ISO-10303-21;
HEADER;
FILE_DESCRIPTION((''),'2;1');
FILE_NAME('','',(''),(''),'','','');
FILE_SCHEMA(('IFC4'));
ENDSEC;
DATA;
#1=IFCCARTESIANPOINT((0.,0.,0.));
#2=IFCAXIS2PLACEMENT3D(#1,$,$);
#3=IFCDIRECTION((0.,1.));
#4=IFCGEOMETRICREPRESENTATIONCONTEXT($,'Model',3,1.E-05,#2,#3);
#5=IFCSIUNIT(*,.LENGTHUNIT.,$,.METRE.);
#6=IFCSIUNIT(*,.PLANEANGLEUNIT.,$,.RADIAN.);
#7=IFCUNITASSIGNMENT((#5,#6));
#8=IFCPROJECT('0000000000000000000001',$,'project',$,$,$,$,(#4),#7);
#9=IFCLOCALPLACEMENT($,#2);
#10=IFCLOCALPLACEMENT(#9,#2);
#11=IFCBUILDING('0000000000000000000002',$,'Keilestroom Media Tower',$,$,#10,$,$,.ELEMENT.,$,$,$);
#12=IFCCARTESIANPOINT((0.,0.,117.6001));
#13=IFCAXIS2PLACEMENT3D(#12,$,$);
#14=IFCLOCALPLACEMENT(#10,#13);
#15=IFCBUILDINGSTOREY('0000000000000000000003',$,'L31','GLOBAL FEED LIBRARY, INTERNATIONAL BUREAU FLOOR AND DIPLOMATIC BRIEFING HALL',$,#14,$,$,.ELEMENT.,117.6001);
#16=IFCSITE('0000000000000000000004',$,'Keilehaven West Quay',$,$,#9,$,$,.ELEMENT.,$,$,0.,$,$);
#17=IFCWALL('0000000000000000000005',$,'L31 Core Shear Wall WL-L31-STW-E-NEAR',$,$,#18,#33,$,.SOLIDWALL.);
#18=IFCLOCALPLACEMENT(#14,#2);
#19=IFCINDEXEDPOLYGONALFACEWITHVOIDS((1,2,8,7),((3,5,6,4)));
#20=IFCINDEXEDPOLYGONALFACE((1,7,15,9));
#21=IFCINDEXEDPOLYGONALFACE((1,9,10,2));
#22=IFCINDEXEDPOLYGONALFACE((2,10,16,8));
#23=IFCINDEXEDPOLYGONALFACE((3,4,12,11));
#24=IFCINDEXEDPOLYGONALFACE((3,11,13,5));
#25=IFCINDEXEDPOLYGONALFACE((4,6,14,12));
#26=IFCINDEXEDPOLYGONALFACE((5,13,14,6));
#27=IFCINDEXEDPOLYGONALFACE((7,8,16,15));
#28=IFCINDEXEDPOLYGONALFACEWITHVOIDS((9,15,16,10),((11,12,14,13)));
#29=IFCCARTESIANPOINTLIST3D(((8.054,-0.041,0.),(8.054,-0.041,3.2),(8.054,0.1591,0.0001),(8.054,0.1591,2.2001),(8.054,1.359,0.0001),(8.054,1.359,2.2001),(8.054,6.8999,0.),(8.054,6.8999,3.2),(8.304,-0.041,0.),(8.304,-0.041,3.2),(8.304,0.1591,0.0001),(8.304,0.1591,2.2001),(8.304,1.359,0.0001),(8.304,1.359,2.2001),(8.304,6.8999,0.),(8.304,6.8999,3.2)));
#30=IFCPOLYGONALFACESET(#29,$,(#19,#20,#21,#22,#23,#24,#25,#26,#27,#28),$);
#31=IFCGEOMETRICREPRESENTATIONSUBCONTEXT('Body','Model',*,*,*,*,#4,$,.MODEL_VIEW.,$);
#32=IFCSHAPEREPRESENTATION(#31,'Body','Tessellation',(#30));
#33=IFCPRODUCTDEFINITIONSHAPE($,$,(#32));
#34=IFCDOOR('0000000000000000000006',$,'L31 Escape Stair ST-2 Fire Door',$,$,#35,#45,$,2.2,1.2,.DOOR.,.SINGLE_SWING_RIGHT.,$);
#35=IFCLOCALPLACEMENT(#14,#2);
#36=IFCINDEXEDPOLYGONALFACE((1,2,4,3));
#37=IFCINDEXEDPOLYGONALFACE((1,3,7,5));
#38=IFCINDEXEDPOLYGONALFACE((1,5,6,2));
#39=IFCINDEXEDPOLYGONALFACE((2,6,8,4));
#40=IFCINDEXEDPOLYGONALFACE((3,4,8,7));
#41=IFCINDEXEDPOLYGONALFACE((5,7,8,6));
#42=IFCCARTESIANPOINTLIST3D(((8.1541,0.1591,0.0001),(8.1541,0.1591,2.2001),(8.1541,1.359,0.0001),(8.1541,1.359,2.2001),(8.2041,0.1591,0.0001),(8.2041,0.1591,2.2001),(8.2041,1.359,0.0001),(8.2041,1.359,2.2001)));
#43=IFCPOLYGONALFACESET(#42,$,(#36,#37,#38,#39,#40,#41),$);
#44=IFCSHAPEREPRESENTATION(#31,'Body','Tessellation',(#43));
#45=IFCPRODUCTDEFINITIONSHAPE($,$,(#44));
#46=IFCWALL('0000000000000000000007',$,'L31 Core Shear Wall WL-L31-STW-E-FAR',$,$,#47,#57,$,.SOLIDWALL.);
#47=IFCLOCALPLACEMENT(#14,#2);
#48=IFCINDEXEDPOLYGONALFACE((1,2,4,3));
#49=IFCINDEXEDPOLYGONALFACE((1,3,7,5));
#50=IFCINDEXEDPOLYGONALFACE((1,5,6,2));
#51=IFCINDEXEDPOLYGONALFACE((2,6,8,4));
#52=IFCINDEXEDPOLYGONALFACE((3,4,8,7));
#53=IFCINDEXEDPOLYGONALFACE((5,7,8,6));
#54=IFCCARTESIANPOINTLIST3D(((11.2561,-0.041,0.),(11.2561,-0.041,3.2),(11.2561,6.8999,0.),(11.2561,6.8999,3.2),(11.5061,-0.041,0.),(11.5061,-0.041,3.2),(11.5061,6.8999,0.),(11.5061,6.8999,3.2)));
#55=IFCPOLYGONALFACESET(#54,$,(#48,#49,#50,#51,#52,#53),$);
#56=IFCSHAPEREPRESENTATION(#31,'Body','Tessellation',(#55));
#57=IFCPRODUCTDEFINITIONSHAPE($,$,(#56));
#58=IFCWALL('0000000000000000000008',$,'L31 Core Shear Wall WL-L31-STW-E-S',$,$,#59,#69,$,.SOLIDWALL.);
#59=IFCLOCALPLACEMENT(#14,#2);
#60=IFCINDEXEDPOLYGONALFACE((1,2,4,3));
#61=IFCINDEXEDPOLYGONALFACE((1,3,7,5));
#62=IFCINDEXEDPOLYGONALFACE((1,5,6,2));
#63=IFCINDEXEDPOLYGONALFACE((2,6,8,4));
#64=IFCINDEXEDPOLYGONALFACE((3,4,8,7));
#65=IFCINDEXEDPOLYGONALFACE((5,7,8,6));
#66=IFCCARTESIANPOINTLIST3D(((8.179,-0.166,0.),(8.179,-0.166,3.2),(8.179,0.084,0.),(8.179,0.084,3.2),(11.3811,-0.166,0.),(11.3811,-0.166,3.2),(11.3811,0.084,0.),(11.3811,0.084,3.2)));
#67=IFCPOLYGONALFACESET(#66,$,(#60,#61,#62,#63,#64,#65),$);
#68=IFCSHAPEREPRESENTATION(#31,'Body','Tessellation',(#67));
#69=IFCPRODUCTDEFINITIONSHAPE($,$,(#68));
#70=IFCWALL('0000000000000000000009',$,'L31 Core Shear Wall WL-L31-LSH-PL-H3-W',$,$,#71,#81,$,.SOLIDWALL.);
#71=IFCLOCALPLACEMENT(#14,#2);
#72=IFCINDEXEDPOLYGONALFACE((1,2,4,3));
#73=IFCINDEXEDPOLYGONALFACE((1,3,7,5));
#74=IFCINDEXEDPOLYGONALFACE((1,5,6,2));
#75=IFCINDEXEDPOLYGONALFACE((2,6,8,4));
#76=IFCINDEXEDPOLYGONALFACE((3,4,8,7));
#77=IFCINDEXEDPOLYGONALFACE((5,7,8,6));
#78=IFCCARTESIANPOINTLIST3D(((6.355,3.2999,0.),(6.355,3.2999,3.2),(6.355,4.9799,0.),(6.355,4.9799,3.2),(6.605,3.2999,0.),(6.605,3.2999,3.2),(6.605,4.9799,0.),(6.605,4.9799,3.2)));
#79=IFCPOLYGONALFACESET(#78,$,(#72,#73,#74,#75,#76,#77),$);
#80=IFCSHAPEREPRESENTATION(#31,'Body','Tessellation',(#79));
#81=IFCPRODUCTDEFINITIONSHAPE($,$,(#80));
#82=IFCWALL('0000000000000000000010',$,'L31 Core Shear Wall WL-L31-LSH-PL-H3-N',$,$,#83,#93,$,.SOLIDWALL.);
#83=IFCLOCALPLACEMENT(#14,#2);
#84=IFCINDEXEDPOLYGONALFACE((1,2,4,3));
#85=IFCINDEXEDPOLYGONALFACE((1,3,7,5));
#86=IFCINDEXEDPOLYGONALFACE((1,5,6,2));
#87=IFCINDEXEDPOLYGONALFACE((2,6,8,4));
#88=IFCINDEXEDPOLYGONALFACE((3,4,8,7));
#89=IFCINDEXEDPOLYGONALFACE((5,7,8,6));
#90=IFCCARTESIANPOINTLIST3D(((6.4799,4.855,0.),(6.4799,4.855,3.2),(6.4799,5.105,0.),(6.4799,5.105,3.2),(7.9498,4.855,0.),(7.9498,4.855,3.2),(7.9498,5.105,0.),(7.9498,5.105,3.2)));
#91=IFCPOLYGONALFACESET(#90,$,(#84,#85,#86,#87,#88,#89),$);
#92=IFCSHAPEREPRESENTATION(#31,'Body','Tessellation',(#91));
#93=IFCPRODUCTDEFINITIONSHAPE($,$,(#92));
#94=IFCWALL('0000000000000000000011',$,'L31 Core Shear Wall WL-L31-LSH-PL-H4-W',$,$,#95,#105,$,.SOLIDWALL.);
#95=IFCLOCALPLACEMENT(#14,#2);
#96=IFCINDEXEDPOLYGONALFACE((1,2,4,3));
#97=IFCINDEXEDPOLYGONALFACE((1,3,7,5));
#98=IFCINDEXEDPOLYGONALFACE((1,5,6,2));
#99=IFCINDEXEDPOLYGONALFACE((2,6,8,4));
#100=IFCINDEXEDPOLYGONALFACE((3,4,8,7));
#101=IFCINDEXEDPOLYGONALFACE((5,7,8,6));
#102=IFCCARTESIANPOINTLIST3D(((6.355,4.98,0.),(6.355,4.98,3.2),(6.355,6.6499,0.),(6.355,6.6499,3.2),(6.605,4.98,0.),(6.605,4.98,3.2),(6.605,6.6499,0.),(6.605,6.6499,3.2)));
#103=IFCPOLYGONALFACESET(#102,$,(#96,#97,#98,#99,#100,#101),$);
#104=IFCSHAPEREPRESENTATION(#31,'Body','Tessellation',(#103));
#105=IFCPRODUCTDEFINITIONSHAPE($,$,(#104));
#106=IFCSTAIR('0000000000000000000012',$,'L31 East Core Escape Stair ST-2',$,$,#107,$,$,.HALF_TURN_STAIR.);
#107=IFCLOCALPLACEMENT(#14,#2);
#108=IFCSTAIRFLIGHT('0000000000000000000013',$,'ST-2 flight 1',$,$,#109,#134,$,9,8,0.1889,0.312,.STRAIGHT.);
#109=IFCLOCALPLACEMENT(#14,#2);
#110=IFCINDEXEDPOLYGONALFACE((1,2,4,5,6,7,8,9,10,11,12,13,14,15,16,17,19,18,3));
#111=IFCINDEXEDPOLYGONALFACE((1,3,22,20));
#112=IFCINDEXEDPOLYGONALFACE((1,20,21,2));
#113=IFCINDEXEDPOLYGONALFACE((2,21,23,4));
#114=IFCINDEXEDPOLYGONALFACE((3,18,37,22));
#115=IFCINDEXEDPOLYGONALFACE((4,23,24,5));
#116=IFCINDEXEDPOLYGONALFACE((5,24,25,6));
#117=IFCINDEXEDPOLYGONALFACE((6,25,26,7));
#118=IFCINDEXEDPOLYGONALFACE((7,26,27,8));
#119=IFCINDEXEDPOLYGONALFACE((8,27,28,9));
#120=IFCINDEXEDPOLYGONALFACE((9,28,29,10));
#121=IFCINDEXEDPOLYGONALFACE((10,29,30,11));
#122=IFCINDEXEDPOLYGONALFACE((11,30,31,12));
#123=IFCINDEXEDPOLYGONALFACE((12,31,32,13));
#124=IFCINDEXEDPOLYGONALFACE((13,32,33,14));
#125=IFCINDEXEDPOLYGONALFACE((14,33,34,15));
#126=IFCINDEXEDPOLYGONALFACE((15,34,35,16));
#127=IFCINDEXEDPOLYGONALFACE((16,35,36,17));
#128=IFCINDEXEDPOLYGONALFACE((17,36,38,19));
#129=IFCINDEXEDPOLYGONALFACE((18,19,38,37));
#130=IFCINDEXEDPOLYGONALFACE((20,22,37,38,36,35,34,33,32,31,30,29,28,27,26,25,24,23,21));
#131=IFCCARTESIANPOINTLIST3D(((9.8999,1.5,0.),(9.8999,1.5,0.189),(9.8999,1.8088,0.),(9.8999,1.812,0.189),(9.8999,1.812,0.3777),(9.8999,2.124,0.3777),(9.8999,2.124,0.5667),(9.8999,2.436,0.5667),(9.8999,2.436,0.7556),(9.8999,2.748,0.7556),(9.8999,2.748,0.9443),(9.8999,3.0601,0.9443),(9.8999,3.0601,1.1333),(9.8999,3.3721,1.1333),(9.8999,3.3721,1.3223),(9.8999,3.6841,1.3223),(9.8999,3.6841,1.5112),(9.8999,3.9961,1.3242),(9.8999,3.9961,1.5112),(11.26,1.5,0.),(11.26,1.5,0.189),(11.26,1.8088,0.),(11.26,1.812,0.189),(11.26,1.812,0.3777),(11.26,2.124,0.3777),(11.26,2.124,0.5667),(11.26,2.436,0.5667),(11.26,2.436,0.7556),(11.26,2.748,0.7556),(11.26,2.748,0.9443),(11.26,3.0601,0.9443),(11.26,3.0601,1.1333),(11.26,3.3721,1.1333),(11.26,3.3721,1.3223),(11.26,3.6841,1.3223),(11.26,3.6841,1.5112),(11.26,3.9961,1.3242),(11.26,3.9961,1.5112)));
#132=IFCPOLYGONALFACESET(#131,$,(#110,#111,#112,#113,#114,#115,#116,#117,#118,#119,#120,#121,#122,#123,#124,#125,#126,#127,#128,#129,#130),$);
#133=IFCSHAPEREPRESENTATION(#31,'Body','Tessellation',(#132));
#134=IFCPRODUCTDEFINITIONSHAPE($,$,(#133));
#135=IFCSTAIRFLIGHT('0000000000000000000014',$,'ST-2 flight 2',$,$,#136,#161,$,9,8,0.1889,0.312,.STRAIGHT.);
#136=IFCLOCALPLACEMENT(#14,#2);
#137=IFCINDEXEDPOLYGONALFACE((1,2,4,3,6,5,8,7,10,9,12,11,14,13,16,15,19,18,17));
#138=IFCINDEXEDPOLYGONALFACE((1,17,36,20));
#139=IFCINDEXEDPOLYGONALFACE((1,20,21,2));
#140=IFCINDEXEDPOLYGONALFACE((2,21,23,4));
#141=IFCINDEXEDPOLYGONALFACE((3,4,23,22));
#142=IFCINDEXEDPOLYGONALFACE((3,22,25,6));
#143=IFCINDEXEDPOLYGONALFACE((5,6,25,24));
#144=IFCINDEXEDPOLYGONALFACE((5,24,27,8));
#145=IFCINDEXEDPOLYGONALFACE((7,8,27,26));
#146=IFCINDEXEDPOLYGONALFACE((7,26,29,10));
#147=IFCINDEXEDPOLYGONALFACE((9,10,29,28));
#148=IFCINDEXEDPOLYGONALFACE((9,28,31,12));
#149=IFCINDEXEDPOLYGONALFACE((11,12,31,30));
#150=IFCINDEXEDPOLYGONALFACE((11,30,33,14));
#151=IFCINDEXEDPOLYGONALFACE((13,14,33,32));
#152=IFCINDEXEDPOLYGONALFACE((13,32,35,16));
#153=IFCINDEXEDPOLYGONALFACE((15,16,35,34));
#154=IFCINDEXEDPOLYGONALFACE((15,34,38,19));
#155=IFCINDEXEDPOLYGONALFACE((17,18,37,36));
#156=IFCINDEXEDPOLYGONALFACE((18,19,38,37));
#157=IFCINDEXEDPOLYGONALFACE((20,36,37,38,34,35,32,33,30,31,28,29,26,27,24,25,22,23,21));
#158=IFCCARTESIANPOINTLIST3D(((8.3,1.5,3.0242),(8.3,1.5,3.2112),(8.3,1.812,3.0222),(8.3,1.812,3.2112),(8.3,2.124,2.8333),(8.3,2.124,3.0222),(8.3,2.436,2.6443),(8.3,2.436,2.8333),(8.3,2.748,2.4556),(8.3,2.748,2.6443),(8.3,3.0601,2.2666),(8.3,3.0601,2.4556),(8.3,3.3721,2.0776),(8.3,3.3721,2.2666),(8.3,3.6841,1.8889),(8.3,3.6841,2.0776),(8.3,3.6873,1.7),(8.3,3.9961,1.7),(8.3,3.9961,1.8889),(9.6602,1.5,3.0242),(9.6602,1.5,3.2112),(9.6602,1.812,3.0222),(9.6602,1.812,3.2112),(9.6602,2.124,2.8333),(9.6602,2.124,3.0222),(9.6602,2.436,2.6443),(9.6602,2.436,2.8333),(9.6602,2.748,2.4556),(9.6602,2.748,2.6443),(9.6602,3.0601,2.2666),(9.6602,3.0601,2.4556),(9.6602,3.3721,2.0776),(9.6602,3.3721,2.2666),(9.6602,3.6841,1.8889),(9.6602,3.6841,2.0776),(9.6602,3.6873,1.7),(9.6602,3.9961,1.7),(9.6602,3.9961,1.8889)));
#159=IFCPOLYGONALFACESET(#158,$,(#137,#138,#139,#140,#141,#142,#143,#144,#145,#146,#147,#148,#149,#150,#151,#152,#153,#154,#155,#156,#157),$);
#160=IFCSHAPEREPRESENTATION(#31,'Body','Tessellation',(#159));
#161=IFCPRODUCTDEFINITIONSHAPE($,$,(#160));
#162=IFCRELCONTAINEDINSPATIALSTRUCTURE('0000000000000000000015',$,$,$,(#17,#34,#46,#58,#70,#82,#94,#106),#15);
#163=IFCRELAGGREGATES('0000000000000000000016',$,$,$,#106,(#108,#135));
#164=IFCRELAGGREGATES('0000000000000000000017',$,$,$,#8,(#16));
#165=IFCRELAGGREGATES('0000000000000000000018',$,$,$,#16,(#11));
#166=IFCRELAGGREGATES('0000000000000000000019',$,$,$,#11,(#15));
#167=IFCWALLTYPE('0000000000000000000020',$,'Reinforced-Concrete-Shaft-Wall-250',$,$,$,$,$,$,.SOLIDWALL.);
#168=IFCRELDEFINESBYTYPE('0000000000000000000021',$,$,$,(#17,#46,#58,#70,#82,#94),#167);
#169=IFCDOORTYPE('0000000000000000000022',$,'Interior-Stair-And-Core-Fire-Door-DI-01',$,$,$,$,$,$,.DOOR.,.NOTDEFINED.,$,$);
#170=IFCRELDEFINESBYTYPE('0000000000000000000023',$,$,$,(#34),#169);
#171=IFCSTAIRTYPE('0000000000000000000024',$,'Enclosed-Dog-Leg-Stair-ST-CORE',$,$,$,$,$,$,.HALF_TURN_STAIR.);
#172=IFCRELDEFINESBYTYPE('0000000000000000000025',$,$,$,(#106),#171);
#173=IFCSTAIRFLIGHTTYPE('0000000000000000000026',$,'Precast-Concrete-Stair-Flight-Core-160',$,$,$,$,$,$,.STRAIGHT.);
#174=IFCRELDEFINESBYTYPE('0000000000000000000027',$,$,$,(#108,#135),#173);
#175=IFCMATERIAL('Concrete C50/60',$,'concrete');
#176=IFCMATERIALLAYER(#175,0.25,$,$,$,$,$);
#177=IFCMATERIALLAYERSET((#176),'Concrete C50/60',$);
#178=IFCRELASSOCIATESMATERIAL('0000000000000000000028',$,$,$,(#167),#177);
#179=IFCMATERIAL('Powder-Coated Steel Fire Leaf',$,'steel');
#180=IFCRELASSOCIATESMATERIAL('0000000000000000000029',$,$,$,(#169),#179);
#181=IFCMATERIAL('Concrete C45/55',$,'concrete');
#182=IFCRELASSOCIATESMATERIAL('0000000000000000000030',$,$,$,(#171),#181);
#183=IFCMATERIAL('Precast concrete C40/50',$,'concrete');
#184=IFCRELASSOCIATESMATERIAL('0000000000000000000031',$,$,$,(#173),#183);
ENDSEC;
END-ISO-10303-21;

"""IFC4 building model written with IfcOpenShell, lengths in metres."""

from ifc_helpers import new_model, si_unit, direction, frame, frame_2d, origin, place, context, subcontext, project, spatial, polyline, rectangle, outline, extrude, source, transform, mapped, material, layer, layer_set, type_object, element, fill, aggregate, save


model = new_model("IFC4")

# Units and contexts
model_context = context("Model", 3, precision=1e-05, world=origin(), true_north=direction((0.0, 1.0)))
body_context = subcontext(model_context, "Body", "Model", "MODEL_VIEW")
ifc_project = project(units=[si_unit("LENGTHUNIT", "METRE"), si_unit("PLANEANGLEUNIT", "RADIAN")], contexts=[model_context])

# Site, building, storey
site_placement = place(None, origin())
site = spatial("IfcSite", under=ifc_project, at=site_placement, Name="Keilehaven West Quay", CompositionType="ELEMENT", RefElevation=0.0)
building_placement = place(site_placement, origin())
building = spatial("IfcBuilding", under=site, at=building_placement, Name="Keilestroom Media Tower", CompositionType="ELEMENT")
storey_placement = place(building_placement, frame((0.0, 0.0, 117.6001)))
storey = spatial("IfcBuildingStorey", under=building, at=storey_placement, Name="L31", Description="GLOBAL FEED LIBRARY, INTERNATIONAL BUREAU FLOOR AND DIPLOMATIC BRIEFING HALL", CompositionType="ELEMENT", Elevation=117.6001)

# Shared definitions
ifc_material_1 = material(Name="Concrete C50/60", Category="concrete")
ifc_layer_1 = layer(ifc_material_1, 0.25)
ifc_layer_set_1 = layer_set([ifc_layer_1], Name="Concrete C50/60")
wall_type_1 = type_object("IfcWallType", Name="Reinforced-Concrete-Shaft-Wall-250", PredefinedType="SOLIDWALL", material=ifc_layer_set_1)

# Wall, opening, door
wall_1_placement = place(storey_placement, frame((8.179, -0.041, 0.0), z_axis=(0.0, 0.0, 1.0), x_axis=(0.0, 1.0, 0.0)))
wall_1 = element("IfcWall", 1, at=wall_1_placement, inside=storey, type_object=wall_type_1, Name="L31 Core Shear Wall WL-L31-STW-E-NEAR", PredefinedType="SOLIDWALL", context=body_context, shape_type="SweptSolid", body=[
    extrude(rectangle(XDim=6.9409, YDim=0.25, at=frame_2d((3.4705, 0.0))), origin(), (0.0, 0.0, 1.0), 3.2),
])
opening_placement = place(wall_1_placement, frame((0.2, 0.0, 0.0)))
opening = element("IfcOpeningElement", 2, at=opening_placement, cuts=wall_1, PredefinedType="OPENING", context=body_context, shape_type="SweptSolid", body=[
    extrude(rectangle(XDim=1.2, YDim=2.2, at=frame_2d((0.6001, 1.1001))), frame((0.0, 0.135, 0.0), z_axis=(0.0, -1.0, 0.0), x_axis=(1.0, 0.0, 0.0)), (0.0, 0.0, 1.0), 0.27),
])
ifc_material_2 = material(Name="Powder-Coated Steel Fire Leaf", Category="steel")
door_type = type_object("IfcDoorType", Name="Interior-Stair-And-Core-Fire-Door-DI-01", OperationType="NOTDEFINED", PredefinedType="DOOR", material=ifc_material_2)
shared_shape_1 = source(origin(), body_context, "Body", "SweptSolid", [
    extrude(rectangle(XDim=1.2, YDim=2.2, at=frame_2d((0.6001, 1.1001))), frame((0.0, 0.0249, 0.0), z_axis=(0.0, -1.0, 0.0), x_axis=(1.0, 0.0, 0.0)), (0.0, 0.0, 1.0), 0.05),
])
door_placement = place(opening_placement, origin())
door = element("IfcDoor", 3, at=door_placement, inside=storey, type_object=door_type, Name="L31 Escape Stair ST-2 Fire Door", OperationType="SINGLE_SWING_RIGHT", OverallHeight=2.2, OverallWidth=1.2, PredefinedType="DOOR", context=body_context, shape_type="MappedRepresentation", body=[
    mapped(shared_shape_1, transform((0.0, 0.0, 0.0), x_axis=(1.0, 0.0, 0.0), y_axis=(0.0, 1.0, 0.0), z_axis=(0.0, 0.0, 1.0), scale=1.0)),
])
fill(opening, door)

# Walls
wall_2_placement = place(storey_placement, frame((11.3811, -0.041, 0.0), z_axis=(0.0, 0.0, 1.0), x_axis=(0.0, 1.0, 0.0)))
element("IfcWall", 4, at=wall_2_placement, inside=storey, type_object=wall_type_1, Name="L31 Core Shear Wall WL-L31-STW-E-FAR", PredefinedType="SOLIDWALL", context=body_context, shape_type="SweptSolid", body=[
    extrude(rectangle(XDim=6.9409, YDim=0.25, at=frame_2d((3.4705, 0.0))), origin(), (0.0, 0.0, 1.0), 3.2),
])
wall_3_placement = place(storey_placement, frame((8.179, -0.041, 0.0), z_axis=(0.0, 0.0, 1.0), x_axis=(1.0, 0.0, 0.0)))
element("IfcWall", 5, at=wall_3_placement, inside=storey, type_object=wall_type_1, Name="L31 Core Shear Wall WL-L31-STW-E-S", PredefinedType="SOLIDWALL", context=body_context, shape_type="SweptSolid", body=[
    extrude(rectangle(XDim=3.2021, YDim=0.25, at=frame_2d((1.6011, 0.0))), origin(), (0.0, 0.0, 1.0), 3.2),
])
wall_4_placement = place(storey_placement, frame((6.48, 3.3, 0.0), z_axis=(0.0, 0.0, 1.0), x_axis=(0.0, 1.0, 0.0)))
element("IfcWall", 6, at=wall_4_placement, inside=storey, type_object=wall_type_1, Name="L31 Core Shear Wall WL-L31-LSH-PL-H3-W", PredefinedType="SOLIDWALL", context=body_context, shape_type="SweptSolid", body=[
    extrude(rectangle(XDim=1.6799, YDim=0.25, at=frame_2d((0.8398, 0.0))), origin(), (0.0, 0.0, 1.0), 3.2),
])
wall_5_placement = place(storey_placement, frame((6.48, 4.98, 0.0), z_axis=(0.0, 0.0, 1.0), x_axis=(1.0, 0.0, 0.0)))
element("IfcWall", 7, at=wall_5_placement, inside=storey, type_object=wall_type_1, Name="L31 Core Shear Wall WL-L31-LSH-PL-H3-N", PredefinedType="SOLIDWALL", context=body_context, shape_type="SweptSolid", body=[
    extrude(rectangle(XDim=1.47, YDim=0.25, at=frame_2d((0.7349, 0.0))), origin(), (0.0, 0.0, 1.0), 3.2),
])
wall_6_placement = place(storey_placement, frame((6.48, 4.98, 0.0), z_axis=(0.0, 0.0, 1.0), x_axis=(0.0, 1.0, 0.0)))
element("IfcWall", 8, at=wall_6_placement, inside=storey, type_object=wall_type_1, Name="L31 Core Shear Wall WL-L31-LSH-PL-H4-W", PredefinedType="SOLIDWALL", context=body_context, shape_type="SweptSolid", body=[
    extrude(rectangle(XDim=1.6699, YDim=0.25, at=frame_2d((0.835, 0.0))), origin(), (0.0, 0.0, 1.0), 3.2),
])

# Stair, stair flights
ifc_material_3 = material(Name="Concrete C45/55", Category="concrete")
stair_type = type_object("IfcStairType", Name="Enclosed-Dog-Leg-Stair-ST-CORE", PredefinedType="HALF_TURN_STAIR", material=ifc_material_3)
stair_placement = place(storey_placement, origin())
stair = element("IfcStair", 9, at=stair_placement, inside=storey, type_object=stair_type, Name="L31 East Core Escape Stair ST-2", PredefinedType="HALF_TURN_STAIR")
ifc_material_4 = material(Name="Precast concrete C40/50", Category="concrete")
stair_flight_type = type_object("IfcStairFlightType", Name="Precast-Concrete-Stair-Flight-Core-160", PredefinedType="STRAIGHT", material=ifc_material_4)
stair_flight_1_placement = place(storey_placement, frame((10.5801, 1.5, 0.0), z_axis=(0.0, 0.0, 1.0), x_axis=(0.0, 1.0, 0.0)))
stair_flight_1 = element("IfcStairFlight", 10, at=stair_flight_1_placement, type_object=stair_flight_type, Name="ST-2 flight 1", NumberOfRisers=9, NumberOfTreads=8, PredefinedType="STRAIGHT", RiserHeight=0.1889, TreadLength=0.312, context=body_context, shape_type="SweptSolid", body=[
    extrude(outline(polyline([(0.0, 0.0), (0.0, 0.189), (0.312, 0.189), (0.312, 0.3777), (0.624, 0.3777), (0.624, 0.5667), (0.936, 0.5667), (0.936, 0.7556), (1.248, 0.7556), (1.248, 0.9443), (1.5601, 0.9443), (1.5601, 1.1333), (1.8721, 1.1333), (1.8721, 1.3223), (2.1841, 1.3223), (2.1841, 1.5112), (2.4961, 1.5112), (2.4961, 1.7), (2.4961, 1.3242), (0.3088, 0.0), (0.0, 0.0)])), frame((0.0, 0.6802, 0.0), z_axis=(0.0, -1.0, 0.0), x_axis=(1.0, 0.0, 0.0)), (0.0, 0.0, 1.0), 1.3601),
])
stair_flight_2_placement = place(storey_placement, frame((8.98, 3.9961, 1.7), z_axis=(0.0, 0.0, 1.0), x_axis=(0.0, -1.0, 0.0)))
stair_flight_2 = element("IfcStairFlight", 11, at=stair_flight_2_placement, type_object=stair_flight_type, Name="ST-2 flight 2", NumberOfRisers=9, NumberOfTreads=8, PredefinedType="STRAIGHT", RiserHeight=0.1889, TreadLength=0.312, context=body_context, shape_type="SweptSolid", body=[
    extrude(outline(polyline([(0.0, 0.0), (0.0, 0.189), (0.312, 0.189), (0.312, 0.3777), (0.624, 0.3777), (0.624, 0.5667), (0.936, 0.5667), (0.936, 0.7556), (1.248, 0.7556), (1.248, 0.9443), (1.5601, 0.9443), (1.5601, 1.1333), (1.8721, 1.1333), (1.8721, 1.3223), (2.1841, 1.3223), (2.1841, 1.5112), (2.4961, 1.5112), (2.4961, 1.7), (2.4961, 1.3242), (0.3088, 0.0), (0.0, 0.0)])), frame((0.0, 0.6802, 0.0), z_axis=(0.0, -1.0, 0.0), x_axis=(1.0, 0.0, 0.0)), (0.0, 0.0, 1.0), 1.3601),
])
aggregate(stair, [stair_flight_1, stair_flight_2])

save(model, "model.ifc")
